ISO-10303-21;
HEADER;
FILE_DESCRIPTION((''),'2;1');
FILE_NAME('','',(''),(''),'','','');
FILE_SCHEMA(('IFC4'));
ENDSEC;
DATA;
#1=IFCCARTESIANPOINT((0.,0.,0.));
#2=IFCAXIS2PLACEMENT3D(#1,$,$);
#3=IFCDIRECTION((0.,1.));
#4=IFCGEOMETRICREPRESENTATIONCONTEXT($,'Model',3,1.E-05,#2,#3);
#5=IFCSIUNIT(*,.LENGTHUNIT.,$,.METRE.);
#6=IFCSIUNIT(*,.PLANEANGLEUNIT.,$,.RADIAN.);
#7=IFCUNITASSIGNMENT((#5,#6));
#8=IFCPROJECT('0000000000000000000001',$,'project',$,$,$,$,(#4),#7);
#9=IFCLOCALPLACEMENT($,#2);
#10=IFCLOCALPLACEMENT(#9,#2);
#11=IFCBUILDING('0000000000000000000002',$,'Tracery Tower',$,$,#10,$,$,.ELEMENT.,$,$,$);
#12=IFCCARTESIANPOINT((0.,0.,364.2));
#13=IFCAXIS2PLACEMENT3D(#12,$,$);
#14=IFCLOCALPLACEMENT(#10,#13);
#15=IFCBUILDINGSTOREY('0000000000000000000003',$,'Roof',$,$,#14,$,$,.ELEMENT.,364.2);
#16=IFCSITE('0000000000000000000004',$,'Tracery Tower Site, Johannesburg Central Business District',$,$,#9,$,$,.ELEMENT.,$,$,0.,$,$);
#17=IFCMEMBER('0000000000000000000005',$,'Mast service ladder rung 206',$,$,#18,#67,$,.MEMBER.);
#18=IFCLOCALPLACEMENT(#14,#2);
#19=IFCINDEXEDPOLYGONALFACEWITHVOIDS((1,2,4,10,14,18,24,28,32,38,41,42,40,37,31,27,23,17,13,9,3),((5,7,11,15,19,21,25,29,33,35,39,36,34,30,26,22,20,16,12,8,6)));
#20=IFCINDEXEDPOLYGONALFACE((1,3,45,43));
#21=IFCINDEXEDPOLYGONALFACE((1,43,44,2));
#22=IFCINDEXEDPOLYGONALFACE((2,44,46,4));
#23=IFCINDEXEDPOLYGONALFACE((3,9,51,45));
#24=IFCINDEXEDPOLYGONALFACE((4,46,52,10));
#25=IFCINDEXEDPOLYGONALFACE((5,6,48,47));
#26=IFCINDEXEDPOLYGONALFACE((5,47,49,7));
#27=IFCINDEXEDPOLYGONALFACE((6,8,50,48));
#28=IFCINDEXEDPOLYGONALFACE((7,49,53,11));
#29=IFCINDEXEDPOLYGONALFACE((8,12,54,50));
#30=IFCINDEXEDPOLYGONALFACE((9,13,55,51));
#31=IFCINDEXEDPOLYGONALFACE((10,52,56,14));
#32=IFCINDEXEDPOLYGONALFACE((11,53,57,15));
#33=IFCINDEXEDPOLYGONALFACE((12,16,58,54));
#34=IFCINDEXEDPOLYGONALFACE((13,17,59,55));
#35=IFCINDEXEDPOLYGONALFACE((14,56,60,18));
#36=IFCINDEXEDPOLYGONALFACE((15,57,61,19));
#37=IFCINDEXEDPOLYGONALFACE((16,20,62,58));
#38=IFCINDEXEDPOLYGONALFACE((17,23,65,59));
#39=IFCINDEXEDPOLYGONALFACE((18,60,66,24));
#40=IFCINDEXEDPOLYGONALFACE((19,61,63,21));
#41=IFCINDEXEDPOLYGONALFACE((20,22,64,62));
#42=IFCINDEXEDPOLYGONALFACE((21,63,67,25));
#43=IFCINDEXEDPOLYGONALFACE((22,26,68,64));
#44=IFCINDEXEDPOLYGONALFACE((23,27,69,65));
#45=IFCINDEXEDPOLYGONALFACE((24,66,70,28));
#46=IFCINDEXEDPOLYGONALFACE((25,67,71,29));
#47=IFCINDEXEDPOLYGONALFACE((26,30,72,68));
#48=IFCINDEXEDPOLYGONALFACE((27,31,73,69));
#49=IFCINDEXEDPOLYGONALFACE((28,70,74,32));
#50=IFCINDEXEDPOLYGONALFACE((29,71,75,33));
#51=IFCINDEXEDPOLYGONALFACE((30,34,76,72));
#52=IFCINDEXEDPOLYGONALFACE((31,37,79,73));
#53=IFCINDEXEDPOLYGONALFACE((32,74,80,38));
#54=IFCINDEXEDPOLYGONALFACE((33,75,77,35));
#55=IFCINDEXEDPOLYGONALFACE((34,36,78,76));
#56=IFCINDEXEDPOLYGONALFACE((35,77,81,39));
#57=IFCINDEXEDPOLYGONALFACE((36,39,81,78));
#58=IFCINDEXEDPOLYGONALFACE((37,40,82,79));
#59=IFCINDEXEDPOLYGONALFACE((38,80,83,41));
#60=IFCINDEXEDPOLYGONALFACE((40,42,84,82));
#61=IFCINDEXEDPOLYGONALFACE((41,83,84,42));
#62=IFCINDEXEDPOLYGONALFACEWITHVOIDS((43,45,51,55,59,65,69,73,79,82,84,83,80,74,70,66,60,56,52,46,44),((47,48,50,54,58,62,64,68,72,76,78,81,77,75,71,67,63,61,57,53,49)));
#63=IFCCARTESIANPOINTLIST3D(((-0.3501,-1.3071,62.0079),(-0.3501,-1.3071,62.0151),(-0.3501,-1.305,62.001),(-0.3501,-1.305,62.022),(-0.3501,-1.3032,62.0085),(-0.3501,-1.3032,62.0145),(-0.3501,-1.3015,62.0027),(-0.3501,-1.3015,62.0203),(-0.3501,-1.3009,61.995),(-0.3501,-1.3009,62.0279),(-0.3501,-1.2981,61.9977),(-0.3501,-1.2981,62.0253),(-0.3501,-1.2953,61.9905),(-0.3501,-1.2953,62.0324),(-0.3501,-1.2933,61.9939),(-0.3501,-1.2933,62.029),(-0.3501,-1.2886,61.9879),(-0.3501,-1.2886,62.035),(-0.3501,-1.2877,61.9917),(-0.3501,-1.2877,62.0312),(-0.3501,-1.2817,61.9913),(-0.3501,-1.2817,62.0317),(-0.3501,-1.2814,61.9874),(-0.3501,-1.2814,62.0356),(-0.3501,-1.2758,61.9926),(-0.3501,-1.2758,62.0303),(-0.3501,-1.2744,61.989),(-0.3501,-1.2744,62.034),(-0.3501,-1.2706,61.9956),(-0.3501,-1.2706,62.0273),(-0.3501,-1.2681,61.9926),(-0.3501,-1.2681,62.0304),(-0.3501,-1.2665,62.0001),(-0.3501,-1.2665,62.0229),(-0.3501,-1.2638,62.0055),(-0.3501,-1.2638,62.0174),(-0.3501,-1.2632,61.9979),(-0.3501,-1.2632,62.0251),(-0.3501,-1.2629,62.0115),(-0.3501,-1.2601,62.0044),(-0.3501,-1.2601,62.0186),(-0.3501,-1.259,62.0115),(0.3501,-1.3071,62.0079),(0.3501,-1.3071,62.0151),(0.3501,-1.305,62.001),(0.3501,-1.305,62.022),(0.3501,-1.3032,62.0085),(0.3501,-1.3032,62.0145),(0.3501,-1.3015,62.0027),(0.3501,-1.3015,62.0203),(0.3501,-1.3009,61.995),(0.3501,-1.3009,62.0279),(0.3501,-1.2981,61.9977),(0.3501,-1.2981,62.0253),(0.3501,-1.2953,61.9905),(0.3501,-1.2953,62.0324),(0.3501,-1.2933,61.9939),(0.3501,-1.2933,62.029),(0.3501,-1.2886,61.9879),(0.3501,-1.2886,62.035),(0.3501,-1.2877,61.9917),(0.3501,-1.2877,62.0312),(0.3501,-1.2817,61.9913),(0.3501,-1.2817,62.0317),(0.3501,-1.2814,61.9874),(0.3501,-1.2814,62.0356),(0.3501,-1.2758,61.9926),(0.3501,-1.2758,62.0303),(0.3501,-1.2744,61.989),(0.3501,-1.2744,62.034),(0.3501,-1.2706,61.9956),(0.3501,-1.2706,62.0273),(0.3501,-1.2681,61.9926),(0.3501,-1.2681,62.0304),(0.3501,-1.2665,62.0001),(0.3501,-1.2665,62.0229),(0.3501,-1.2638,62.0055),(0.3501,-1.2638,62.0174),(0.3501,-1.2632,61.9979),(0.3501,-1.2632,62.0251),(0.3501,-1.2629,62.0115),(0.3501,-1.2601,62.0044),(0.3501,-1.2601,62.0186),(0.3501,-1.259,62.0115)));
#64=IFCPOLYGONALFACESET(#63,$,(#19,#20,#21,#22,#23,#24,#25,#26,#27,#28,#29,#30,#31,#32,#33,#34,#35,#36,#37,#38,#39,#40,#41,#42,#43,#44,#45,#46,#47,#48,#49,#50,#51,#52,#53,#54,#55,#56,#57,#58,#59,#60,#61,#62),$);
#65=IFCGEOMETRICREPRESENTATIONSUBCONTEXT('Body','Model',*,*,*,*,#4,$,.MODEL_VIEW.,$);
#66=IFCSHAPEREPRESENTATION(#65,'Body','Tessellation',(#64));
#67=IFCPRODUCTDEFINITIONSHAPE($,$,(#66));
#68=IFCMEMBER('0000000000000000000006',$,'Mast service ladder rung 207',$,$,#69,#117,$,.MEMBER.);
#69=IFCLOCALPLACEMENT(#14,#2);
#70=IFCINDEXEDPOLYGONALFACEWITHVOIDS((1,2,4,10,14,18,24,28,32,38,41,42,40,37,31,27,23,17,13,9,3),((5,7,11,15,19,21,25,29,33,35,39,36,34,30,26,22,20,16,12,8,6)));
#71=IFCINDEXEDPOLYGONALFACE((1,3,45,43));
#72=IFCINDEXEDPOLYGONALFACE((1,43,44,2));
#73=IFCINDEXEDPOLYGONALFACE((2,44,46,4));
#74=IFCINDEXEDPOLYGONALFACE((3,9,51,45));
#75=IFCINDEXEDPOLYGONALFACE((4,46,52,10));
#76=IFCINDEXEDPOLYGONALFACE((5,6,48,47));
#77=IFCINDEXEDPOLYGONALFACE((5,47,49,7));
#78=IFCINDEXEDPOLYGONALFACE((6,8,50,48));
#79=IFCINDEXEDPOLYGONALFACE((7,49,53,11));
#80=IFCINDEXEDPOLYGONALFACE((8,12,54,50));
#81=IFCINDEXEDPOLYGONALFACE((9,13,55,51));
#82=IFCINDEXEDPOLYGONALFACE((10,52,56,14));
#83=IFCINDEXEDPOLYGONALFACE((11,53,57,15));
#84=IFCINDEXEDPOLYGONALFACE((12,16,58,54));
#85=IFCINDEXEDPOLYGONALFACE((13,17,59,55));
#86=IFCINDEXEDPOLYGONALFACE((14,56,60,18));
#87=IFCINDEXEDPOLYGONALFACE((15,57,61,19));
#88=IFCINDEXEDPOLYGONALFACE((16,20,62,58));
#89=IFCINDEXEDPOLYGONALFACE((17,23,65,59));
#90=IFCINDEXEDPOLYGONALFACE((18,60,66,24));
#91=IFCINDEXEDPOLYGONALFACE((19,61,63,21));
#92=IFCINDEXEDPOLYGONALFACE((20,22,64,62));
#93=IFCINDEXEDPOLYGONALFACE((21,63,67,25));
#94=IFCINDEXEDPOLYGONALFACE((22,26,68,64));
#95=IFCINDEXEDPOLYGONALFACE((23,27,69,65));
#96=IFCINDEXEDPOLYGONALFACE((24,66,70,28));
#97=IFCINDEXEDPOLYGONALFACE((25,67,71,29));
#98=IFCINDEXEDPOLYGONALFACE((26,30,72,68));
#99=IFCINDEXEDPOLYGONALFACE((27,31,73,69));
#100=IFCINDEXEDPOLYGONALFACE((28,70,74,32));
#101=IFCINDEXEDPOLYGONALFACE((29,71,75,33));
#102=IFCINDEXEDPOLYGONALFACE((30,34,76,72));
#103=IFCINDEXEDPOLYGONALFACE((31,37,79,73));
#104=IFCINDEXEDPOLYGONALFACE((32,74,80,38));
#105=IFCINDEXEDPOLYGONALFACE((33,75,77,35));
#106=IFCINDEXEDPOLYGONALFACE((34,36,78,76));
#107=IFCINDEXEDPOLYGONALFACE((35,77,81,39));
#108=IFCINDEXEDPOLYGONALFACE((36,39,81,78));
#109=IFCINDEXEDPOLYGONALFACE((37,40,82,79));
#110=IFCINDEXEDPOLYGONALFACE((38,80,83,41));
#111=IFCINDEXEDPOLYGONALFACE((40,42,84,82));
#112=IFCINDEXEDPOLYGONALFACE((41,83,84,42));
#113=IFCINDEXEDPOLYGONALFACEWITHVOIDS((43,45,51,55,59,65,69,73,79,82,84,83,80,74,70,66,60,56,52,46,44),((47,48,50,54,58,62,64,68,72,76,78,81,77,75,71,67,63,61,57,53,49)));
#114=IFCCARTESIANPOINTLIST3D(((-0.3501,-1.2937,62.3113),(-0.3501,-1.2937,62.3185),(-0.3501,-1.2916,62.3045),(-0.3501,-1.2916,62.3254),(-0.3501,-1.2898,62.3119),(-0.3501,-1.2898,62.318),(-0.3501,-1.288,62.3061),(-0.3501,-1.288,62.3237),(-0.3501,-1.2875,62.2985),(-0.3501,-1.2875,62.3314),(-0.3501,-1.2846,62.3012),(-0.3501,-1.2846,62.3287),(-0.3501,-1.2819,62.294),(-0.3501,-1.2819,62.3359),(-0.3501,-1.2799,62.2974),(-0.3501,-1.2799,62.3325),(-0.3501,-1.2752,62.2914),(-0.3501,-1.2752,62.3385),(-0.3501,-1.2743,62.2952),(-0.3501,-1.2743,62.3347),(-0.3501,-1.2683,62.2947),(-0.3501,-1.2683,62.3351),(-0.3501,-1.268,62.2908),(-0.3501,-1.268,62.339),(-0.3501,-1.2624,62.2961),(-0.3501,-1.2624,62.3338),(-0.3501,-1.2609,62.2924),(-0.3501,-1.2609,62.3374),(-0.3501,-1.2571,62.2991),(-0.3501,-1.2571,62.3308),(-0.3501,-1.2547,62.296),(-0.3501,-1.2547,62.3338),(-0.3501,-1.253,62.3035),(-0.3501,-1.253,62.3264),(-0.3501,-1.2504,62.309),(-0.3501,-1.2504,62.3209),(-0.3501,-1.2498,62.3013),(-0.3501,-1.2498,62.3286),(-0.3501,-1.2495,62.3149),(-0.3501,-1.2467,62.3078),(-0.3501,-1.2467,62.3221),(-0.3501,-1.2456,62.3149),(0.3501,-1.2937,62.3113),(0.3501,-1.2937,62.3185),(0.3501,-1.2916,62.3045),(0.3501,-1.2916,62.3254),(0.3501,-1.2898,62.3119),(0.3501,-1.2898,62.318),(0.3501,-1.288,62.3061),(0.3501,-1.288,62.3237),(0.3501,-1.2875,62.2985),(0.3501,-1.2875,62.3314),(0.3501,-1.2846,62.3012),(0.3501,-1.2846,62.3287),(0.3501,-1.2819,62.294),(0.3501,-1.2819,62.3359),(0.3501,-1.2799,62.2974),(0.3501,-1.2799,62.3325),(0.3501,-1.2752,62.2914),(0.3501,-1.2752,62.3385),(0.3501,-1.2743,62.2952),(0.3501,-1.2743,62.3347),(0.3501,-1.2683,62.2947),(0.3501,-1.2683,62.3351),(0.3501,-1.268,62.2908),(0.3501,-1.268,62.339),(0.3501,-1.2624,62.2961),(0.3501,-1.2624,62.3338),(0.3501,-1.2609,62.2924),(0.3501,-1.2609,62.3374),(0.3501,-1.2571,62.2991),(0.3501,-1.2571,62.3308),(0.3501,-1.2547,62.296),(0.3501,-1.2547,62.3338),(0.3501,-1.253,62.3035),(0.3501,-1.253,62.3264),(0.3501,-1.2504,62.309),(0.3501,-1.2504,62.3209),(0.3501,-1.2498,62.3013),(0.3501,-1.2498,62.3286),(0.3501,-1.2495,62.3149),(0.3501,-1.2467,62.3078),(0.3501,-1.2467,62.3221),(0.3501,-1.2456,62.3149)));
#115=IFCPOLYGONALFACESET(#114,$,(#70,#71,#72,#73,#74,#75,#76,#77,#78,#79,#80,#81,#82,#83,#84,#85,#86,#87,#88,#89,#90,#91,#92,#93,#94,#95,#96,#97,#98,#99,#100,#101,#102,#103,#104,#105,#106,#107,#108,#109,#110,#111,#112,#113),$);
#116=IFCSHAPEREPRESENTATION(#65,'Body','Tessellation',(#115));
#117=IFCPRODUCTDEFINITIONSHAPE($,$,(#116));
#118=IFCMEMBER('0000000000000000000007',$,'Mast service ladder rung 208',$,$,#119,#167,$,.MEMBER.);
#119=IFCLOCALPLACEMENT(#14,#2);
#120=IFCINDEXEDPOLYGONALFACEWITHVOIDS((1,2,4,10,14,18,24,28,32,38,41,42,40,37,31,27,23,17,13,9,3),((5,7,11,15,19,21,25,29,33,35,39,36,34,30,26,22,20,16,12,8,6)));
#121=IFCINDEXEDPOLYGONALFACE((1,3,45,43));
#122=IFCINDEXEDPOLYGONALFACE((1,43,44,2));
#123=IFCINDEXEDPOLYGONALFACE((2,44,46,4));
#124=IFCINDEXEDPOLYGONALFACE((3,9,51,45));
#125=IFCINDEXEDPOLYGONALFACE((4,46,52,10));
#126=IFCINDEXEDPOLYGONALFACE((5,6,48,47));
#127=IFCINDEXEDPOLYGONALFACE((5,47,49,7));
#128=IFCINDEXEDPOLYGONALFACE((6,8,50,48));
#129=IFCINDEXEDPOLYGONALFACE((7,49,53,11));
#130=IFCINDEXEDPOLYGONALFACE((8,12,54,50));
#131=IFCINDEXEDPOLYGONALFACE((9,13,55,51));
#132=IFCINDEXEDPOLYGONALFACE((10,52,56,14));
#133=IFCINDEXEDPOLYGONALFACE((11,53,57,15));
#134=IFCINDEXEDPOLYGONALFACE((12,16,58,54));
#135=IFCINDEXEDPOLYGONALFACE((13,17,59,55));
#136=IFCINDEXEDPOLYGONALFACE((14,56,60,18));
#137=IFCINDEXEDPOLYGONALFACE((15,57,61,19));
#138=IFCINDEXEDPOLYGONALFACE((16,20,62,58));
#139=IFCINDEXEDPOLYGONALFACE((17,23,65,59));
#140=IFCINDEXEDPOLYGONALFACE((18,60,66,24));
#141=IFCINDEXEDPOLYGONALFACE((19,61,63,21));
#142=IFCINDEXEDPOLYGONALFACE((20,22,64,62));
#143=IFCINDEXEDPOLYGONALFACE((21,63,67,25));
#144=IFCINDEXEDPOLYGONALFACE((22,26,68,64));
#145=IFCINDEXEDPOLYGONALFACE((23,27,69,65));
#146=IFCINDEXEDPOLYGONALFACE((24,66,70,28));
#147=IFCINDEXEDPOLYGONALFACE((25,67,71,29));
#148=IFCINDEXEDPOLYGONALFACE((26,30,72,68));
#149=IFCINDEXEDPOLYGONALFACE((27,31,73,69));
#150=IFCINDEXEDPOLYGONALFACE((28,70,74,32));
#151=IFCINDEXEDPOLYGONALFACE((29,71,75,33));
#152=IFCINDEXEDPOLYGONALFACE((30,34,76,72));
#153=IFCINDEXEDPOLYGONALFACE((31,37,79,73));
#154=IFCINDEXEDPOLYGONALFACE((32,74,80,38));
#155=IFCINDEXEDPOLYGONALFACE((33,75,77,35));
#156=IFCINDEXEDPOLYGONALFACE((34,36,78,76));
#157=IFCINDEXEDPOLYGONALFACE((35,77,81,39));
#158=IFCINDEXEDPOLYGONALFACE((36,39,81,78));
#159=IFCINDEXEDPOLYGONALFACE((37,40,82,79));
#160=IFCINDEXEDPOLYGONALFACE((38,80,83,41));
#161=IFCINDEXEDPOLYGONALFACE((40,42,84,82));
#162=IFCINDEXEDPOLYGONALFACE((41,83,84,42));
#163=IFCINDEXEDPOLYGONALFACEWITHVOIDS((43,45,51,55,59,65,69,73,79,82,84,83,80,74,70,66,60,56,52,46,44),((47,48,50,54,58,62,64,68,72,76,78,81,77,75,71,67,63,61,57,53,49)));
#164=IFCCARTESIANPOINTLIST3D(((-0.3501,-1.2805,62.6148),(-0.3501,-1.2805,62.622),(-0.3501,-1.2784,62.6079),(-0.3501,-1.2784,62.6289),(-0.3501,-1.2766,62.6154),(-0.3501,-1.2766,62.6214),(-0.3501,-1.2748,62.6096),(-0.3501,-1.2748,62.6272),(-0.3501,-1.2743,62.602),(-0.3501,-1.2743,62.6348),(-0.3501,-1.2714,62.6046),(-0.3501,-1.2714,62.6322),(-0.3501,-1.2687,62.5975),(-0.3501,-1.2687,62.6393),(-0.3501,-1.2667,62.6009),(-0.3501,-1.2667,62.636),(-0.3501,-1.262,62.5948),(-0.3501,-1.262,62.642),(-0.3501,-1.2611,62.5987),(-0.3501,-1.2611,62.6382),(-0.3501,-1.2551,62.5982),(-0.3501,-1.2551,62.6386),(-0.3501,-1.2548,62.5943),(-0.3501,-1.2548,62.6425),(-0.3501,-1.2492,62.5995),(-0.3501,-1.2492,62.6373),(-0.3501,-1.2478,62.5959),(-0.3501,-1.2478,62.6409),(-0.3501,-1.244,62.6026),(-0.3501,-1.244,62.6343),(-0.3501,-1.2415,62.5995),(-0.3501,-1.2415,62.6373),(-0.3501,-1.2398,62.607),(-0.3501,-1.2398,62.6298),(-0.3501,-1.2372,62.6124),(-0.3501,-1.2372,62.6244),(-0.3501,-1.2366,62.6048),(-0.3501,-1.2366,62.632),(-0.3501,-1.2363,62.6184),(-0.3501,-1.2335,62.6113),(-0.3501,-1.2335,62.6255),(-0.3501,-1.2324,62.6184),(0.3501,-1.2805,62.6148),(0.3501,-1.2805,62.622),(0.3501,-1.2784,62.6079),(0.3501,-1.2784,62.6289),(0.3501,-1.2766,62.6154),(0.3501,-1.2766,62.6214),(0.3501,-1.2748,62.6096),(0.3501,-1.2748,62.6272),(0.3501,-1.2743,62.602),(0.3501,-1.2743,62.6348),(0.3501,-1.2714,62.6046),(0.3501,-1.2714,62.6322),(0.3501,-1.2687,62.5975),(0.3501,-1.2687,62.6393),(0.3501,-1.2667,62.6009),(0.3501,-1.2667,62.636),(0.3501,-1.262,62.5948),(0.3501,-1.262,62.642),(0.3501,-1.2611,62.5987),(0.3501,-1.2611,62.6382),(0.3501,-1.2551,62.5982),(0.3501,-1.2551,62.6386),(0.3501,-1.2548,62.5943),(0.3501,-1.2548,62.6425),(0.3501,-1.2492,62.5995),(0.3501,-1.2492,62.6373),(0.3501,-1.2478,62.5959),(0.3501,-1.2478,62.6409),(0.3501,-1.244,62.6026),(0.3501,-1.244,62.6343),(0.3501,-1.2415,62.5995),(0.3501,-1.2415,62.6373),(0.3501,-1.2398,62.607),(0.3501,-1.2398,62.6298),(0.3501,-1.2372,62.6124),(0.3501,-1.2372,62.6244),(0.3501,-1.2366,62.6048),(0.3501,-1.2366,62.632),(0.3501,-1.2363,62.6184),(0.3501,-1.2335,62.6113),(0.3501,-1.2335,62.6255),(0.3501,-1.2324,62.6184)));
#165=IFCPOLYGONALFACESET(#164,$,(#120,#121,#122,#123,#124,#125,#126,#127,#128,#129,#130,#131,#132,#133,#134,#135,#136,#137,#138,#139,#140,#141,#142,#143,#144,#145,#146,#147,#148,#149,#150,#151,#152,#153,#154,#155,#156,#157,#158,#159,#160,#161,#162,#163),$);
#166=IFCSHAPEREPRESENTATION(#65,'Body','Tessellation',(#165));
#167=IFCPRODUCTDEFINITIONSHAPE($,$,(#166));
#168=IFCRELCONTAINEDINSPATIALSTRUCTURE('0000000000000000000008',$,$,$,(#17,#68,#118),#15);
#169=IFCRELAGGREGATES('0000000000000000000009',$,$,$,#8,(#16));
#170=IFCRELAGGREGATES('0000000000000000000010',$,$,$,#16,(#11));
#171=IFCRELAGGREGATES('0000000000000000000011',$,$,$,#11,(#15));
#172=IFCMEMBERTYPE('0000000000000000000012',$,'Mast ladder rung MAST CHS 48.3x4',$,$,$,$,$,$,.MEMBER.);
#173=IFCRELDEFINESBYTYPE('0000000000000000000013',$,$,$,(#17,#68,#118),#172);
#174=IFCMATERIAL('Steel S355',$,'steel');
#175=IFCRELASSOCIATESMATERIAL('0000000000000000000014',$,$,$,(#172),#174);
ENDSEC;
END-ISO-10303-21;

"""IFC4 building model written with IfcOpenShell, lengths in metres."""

from ifc_helpers import new_model, si_unit, direction, frame, origin, origin_2d, place, context, subcontext, project, spatial, hollow_circle, extrude, material, material_profile, profile_set, type_object, element, save


model = new_model("IFC4")

# Units and contexts
model_context = context("Model", 3, precision=1e-05, world=origin(), true_north=direction((0.0, 1.0)))
body_context = subcontext(model_context, "Body", "Model", "MODEL_VIEW")
ifc_project = project(units=[si_unit("LENGTHUNIT", "METRE"), si_unit("PLANEANGLEUNIT", "RADIAN")], contexts=[model_context])

# Site, building, storey
site_placement = place(None, origin())
site = spatial("IfcSite", under=ifc_project, at=site_placement, Name="Tracery Tower Site, Johannesburg Central Business District", CompositionType="ELEMENT", RefElevation=0.0)
building_placement = place(site_placement, origin())
building = spatial("IfcBuilding", under=site, at=building_placement, Name="Tracery Tower", CompositionType="ELEMENT")
storey_placement = place(building_placement, frame((0.0, 0.0, 364.2)))
storey = spatial("IfcBuildingStorey", under=building, at=storey_placement, Name="Roof", CompositionType="ELEMENT", Elevation=364.2)

# Members
ifc_material_1 = material(Name="Steel S355", Category="steel")
ifc_material_profile_1 = material_profile(ifc_material_1, hollow_circle(Radius=0.0242, WallThickness=0.0039, at=origin_2d()), Name="CHS 48.3x4")
ifc_profile_set_1 = profile_set([ifc_material_profile_1], Name="Steel S355")
member_type_1 = type_object("IfcMemberType", Name="Mast ladder rung MAST CHS 48.3x4", PredefinedType="MEMBER", material=ifc_profile_set_1)
for number, where, z_axis, x_axis, name in (
    (1, (-0.3501, -1.2832, 62.0115), (1.0, 0.0, 0.0), (0.0, 1.0, 0.0), "Mast service ladder rung 206"),
    (2, (-0.3501, -1.2698, 62.3149), (1.0, 0.0, 0.0), (0.0, 1.0, 0.0), "Mast service ladder rung 207"),
    (3, (-0.3501, -1.2566, 62.6184), (1.0, 0.0, 0.0), (0.0, 1.0, 0.0), "Mast service ladder rung 208"),
):
    element("IfcMember", number, at=place(storey_placement, frame(where, z_axis=z_axis, x_axis=x_axis)), inside=storey, type_object=member_type_1, Name=name, PredefinedType="MEMBER", context=body_context, shape_type="SweptSolid", body=[
        extrude(hollow_circle(Radius=0.0242, WallThickness=0.0039, at=origin_2d()), origin(), (0.0, 0.0, 1.0), 0.7002),
    ])

save(model, "model.ifc")
